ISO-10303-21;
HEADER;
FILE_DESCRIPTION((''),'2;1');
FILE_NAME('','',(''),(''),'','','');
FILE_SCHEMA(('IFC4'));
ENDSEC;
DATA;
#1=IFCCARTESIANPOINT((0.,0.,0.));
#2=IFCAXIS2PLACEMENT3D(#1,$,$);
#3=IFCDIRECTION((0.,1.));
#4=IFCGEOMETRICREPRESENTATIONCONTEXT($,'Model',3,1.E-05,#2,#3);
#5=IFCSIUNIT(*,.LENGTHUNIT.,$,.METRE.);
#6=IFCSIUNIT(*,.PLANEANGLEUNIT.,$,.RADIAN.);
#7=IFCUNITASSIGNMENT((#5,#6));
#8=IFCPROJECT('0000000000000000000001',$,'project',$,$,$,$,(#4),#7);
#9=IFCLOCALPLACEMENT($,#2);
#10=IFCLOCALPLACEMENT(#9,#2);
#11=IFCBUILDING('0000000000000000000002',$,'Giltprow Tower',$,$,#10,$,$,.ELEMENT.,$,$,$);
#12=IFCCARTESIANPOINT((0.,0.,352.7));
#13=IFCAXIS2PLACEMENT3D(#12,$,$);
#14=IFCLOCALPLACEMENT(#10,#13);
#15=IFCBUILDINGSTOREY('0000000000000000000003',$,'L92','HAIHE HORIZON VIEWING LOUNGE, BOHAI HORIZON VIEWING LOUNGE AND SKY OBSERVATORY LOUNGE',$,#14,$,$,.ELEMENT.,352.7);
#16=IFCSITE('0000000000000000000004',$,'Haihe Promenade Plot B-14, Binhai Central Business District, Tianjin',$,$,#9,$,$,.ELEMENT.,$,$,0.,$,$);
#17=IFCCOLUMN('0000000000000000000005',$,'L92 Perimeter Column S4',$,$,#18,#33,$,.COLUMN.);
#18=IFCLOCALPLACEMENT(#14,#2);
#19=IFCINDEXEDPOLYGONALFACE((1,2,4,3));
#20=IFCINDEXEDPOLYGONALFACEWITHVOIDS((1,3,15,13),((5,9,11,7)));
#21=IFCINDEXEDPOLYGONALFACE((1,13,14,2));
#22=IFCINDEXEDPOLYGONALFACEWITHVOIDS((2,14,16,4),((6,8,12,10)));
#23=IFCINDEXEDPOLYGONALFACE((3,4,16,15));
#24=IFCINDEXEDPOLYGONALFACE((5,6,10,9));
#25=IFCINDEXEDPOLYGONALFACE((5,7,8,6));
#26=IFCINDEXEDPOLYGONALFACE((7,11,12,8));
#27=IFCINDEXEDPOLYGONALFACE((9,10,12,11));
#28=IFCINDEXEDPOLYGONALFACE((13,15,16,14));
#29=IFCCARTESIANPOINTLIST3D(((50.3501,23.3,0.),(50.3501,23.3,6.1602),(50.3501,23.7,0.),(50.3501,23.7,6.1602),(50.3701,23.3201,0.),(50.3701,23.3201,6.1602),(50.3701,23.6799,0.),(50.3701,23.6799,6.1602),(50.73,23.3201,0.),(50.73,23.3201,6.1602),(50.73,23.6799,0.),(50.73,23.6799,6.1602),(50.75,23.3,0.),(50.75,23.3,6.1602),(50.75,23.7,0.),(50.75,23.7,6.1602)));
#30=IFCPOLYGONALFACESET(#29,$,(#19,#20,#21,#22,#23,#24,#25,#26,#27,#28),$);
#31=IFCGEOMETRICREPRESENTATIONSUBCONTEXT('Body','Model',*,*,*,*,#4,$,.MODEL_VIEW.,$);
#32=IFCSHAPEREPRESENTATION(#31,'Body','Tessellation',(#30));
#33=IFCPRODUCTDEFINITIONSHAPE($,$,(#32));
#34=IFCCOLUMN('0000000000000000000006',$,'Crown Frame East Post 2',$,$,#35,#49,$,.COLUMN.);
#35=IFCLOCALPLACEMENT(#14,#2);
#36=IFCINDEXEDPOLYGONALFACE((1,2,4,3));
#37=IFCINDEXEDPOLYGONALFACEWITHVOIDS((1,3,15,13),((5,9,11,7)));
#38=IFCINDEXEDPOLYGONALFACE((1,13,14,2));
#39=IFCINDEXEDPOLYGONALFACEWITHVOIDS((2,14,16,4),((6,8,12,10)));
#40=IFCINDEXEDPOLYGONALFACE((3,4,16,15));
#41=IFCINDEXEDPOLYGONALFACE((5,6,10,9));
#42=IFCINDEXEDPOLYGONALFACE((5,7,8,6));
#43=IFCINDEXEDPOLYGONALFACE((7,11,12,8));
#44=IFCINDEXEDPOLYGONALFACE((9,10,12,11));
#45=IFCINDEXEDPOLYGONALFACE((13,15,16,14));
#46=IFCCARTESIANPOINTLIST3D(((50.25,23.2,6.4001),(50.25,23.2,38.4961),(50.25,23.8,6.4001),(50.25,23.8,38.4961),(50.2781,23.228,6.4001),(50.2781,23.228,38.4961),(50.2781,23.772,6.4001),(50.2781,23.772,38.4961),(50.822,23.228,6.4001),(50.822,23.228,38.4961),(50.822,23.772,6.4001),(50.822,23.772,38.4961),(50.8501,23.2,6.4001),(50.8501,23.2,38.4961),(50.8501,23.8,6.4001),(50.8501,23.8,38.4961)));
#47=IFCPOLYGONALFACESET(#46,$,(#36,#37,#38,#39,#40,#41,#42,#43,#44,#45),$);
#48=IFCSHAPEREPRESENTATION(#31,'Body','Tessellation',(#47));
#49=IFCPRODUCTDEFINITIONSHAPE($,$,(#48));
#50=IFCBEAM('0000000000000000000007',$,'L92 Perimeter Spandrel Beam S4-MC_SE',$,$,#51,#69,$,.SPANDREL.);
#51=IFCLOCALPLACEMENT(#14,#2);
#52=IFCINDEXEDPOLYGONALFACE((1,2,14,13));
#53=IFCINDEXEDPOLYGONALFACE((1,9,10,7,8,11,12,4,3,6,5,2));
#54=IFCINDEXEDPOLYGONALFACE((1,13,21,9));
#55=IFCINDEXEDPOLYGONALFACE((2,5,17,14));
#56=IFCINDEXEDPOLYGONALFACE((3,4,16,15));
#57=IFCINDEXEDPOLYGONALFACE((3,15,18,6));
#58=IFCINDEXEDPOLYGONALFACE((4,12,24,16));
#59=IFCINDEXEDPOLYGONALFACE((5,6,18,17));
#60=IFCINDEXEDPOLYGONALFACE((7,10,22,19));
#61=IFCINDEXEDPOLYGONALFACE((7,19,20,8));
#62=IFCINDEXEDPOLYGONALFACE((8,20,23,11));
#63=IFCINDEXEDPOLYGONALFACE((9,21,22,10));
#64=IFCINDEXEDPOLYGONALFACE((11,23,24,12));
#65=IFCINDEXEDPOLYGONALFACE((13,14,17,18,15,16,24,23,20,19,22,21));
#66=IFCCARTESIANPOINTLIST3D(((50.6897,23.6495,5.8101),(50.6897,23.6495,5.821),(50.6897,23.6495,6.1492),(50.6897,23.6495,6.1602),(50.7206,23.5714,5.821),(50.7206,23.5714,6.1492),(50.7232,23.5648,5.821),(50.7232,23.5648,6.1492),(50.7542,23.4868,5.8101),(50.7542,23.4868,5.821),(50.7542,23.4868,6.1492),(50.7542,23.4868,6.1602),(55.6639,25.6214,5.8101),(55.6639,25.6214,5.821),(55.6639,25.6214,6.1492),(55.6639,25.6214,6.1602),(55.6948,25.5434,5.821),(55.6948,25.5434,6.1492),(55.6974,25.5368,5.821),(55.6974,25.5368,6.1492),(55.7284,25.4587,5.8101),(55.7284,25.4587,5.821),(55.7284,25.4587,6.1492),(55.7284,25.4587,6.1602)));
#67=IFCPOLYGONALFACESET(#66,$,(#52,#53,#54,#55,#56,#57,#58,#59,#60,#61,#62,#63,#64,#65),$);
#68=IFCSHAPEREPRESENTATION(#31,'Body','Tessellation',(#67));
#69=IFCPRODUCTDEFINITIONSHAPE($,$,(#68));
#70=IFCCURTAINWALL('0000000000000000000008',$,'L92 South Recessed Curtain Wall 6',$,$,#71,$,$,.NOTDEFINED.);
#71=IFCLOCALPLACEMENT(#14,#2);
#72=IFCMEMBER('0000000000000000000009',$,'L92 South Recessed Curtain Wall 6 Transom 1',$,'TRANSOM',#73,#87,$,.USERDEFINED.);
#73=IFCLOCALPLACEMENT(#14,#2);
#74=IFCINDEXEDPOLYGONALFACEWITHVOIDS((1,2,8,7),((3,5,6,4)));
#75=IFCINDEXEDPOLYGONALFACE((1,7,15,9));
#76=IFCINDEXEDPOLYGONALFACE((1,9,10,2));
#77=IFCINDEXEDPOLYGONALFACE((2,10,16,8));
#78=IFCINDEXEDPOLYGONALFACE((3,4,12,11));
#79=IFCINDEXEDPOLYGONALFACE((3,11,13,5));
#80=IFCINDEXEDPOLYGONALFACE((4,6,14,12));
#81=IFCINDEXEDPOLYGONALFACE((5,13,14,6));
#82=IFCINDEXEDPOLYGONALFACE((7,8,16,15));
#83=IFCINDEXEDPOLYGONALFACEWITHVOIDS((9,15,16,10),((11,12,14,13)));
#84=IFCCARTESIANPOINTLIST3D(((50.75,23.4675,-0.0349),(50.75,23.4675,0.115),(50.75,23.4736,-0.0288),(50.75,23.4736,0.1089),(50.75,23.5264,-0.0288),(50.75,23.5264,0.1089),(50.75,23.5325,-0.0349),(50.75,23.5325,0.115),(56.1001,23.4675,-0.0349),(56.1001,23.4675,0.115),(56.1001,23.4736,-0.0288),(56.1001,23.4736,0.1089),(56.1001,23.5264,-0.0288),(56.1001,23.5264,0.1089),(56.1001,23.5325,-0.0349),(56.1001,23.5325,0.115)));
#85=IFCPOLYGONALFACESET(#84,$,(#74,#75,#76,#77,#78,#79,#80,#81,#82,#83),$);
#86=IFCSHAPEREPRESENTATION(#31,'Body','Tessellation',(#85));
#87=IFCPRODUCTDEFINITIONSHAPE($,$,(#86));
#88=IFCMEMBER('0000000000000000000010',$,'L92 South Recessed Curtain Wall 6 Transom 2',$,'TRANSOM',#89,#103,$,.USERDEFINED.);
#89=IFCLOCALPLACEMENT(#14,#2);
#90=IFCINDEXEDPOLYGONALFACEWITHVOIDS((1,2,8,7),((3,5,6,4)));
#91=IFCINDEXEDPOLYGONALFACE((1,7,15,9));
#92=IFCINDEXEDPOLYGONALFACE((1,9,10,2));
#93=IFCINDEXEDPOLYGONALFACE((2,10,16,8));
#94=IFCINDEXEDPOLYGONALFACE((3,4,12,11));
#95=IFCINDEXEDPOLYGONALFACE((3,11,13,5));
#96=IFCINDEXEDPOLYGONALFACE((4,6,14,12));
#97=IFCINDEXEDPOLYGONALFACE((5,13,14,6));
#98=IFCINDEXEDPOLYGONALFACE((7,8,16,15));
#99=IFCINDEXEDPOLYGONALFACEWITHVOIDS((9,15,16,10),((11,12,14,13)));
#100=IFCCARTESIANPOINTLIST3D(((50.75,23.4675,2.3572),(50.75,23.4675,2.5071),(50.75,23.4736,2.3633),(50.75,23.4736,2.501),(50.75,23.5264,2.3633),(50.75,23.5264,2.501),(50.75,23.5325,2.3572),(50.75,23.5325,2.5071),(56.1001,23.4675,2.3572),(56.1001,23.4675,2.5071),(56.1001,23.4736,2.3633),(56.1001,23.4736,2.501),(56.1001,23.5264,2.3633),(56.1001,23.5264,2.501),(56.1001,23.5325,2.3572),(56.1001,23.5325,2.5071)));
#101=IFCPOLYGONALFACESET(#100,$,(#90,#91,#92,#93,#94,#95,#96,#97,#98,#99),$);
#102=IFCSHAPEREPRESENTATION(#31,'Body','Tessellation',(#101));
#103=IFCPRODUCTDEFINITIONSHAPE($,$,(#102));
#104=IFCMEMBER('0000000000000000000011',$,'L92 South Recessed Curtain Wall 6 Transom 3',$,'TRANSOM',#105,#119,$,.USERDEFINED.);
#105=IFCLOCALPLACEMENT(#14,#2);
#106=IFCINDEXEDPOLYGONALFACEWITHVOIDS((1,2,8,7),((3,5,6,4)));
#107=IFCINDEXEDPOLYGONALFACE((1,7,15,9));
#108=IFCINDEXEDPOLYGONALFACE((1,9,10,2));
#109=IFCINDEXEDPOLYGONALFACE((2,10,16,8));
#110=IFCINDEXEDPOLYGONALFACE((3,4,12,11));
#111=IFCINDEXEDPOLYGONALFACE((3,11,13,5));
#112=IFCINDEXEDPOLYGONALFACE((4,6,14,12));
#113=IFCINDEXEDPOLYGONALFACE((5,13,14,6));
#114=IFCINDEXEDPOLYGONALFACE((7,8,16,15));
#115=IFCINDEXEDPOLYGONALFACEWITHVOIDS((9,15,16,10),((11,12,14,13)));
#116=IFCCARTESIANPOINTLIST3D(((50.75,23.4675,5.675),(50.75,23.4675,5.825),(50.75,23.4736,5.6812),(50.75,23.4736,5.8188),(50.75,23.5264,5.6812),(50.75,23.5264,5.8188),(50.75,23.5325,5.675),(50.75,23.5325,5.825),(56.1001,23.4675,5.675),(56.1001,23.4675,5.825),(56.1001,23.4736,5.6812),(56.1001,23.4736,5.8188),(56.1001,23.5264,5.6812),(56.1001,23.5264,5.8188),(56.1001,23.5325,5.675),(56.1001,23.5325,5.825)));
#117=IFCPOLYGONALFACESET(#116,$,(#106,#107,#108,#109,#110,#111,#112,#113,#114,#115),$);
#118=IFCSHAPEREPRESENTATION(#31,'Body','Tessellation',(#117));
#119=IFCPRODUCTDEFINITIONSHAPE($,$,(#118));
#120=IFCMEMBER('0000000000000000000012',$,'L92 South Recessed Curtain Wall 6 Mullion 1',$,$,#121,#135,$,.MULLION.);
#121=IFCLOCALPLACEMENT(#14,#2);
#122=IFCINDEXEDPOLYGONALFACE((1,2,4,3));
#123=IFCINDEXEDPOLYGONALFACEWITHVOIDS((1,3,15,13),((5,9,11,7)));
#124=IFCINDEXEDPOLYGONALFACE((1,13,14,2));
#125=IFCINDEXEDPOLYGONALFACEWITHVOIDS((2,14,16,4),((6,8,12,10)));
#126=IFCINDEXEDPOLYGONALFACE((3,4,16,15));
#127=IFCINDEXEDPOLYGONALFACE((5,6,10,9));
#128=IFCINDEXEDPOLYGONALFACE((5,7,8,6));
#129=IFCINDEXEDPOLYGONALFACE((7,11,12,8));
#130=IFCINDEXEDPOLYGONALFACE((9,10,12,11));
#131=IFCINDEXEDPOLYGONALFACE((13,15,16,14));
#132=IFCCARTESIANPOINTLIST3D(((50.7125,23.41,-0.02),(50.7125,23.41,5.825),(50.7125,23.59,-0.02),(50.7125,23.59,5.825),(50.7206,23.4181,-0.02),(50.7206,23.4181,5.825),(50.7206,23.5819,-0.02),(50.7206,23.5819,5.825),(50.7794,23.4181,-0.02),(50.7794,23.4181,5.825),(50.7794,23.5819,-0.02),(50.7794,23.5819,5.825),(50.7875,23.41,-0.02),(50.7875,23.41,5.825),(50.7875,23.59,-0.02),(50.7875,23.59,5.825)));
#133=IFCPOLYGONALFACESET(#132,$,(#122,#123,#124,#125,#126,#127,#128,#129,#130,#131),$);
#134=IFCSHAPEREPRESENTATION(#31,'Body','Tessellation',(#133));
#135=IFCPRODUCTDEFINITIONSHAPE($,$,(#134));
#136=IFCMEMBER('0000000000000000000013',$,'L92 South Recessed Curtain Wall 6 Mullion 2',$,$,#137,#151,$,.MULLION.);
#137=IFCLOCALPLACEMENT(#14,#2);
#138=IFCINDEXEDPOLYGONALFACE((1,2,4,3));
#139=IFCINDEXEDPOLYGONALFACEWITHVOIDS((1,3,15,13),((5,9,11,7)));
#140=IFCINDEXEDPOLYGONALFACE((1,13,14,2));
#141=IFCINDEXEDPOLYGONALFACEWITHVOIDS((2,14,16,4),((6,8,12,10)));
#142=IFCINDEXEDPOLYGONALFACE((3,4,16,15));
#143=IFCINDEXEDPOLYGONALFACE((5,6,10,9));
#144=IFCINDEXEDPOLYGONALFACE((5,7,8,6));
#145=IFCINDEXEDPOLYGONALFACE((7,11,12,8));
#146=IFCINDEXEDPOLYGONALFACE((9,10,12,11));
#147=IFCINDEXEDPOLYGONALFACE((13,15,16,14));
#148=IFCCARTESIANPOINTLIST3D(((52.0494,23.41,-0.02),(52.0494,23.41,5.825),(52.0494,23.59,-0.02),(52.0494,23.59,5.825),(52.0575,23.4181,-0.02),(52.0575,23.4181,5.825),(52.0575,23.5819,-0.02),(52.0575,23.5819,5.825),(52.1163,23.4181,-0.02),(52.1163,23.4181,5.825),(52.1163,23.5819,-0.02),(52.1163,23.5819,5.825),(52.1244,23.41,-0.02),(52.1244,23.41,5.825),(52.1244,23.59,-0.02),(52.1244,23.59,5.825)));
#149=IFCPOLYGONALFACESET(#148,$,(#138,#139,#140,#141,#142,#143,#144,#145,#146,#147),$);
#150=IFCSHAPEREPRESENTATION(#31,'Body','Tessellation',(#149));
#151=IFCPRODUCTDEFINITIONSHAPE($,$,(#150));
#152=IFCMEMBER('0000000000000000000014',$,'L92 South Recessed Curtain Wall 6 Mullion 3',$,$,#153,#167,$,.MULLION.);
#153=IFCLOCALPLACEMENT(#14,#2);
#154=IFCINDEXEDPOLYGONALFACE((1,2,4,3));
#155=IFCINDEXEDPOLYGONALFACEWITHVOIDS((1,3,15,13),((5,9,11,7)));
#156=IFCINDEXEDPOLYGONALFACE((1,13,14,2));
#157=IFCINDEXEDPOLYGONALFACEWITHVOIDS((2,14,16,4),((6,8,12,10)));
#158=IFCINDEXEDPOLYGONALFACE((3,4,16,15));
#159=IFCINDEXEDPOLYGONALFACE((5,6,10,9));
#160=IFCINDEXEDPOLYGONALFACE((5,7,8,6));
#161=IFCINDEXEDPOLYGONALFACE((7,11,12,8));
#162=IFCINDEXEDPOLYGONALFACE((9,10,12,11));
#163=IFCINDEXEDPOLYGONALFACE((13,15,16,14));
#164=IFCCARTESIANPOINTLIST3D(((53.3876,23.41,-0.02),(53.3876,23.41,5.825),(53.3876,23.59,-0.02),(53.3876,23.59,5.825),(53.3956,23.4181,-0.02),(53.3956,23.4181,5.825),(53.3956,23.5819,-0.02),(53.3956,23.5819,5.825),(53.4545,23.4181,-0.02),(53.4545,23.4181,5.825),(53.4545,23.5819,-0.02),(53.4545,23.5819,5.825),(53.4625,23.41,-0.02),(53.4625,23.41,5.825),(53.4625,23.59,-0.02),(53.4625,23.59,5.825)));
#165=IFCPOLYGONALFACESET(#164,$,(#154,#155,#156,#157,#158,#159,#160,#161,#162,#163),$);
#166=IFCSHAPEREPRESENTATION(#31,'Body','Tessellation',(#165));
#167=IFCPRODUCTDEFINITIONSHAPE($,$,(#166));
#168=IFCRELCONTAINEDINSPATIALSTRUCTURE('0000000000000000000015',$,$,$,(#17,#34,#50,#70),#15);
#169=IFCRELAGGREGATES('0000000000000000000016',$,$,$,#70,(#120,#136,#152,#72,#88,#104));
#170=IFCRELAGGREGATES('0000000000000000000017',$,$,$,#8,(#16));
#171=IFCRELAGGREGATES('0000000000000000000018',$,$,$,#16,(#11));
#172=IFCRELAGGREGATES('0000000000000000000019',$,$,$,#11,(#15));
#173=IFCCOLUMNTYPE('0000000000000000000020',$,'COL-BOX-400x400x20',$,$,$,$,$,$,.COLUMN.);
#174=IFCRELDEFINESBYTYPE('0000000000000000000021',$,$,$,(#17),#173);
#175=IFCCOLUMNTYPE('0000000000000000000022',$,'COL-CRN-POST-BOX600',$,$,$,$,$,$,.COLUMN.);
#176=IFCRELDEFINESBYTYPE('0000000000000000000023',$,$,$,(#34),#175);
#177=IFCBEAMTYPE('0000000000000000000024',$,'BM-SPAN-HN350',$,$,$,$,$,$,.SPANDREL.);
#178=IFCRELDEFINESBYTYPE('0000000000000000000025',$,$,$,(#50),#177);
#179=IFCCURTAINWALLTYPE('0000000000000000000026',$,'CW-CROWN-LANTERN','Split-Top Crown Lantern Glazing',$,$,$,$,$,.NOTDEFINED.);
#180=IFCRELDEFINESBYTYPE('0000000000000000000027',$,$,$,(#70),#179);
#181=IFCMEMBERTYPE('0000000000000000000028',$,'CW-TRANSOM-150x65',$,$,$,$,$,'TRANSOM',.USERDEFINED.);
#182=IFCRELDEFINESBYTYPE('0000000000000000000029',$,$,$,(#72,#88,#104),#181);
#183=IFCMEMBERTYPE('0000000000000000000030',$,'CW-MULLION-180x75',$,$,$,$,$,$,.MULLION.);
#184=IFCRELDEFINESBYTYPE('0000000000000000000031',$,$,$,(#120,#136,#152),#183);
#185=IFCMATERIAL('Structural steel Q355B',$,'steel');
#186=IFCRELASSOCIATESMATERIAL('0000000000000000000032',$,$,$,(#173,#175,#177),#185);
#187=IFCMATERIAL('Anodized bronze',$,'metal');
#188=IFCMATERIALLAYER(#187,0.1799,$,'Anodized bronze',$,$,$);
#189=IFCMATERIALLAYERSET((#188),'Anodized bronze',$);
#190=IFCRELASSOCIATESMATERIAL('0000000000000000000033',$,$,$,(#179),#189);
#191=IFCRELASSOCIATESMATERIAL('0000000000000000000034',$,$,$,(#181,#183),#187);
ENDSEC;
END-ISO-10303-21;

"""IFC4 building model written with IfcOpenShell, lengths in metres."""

from ifc_helpers import new_model, si_unit, direction, frame, origin, origin_2d, place, context, subcontext, project, spatial, hollow_rectangle, i_section, extrude, source, transform, mapped, material, layer, layer_set, material_profile, profile_set, type_object, element, aggregate, save


model = new_model("IFC4")

# Units and contexts
model_context = context("Model", 3, precision=1e-05, world=origin(), true_north=direction((0.0, 1.0)))
body_context = subcontext(model_context, "Body", "Model", "MODEL_VIEW")
ifc_project = project(units=[si_unit("LENGTHUNIT", "METRE"), si_unit("PLANEANGLEUNIT", "RADIAN")], contexts=[model_context])

# Site, building, storey
site_placement = place(None, origin())
site = spatial("IfcSite", under=ifc_project, at=site_placement, Name="Haihe Promenade Plot B-14, Binhai Central Business District, Tianjin", CompositionType="ELEMENT", RefElevation=0.0)
building_placement = place(site_placement, origin())
building = spatial("IfcBuilding", under=site, at=building_placement, Name="Giltprow Tower", CompositionType="ELEMENT")
storey_placement = place(building_placement, frame((0.0, 0.0, 352.7)))
storey = spatial("IfcBuildingStorey", under=building, at=storey_placement, Name="L92", Description="HAIHE HORIZON VIEWING LOUNGE, BOHAI HORIZON VIEWING LOUNGE AND SKY OBSERVATORY LOUNGE", CompositionType="ELEMENT", Elevation=352.7)

# Columns
ifc_material_1 = material(Name="Structural steel Q355B", Category="steel")
ifc_material_profile_1 = material_profile(ifc_material_1, hollow_rectangle(XDim=0.3999, YDim=0.3999, WallThickness=0.02, at=origin_2d()), Name="BOX 400x400x20")
ifc_profile_set_1 = profile_set([ifc_material_profile_1], Name="Structural steel Q355B")
column_type_1 = type_object("IfcColumnType", Name="COL-BOX-400x400x20", PredefinedType="COLUMN", material=ifc_profile_set_1)
shared_shape_1 = source(origin(), body_context, "Body", "SweptSolid", [
    extrude(hollow_rectangle(XDim=0.3999, YDim=0.3999, WallThickness=0.02, at=origin_2d()), origin(), (0.0, 0.0, 1.0), 6.1602),
])
column_1_placement = place(storey_placement, frame((50.55, 23.5, 0.0), z_axis=(0.0, 0.0, 1.0), x_axis=(1.0, 0.0, 0.0)))
element("IfcColumn", 1, at=column_1_placement, inside=storey, type_object=column_type_1, Name="L92 Perimeter Column S4", PredefinedType="COLUMN", context=body_context, shape_type="MappedRepresentation", body=[
    mapped(shared_shape_1, transform((0.0, 0.0, 0.0), x_axis=(1.0, 0.0, 0.0), y_axis=(0.0, 1.0, 0.0), z_axis=(0.0, 0.0, 1.0), scale=1.0)),
])
ifc_material_profile_2 = material_profile(ifc_material_1, hollow_rectangle(XDim=0.6001, YDim=0.6001, WallThickness=0.0281, at=origin_2d()), Name="BOX 600x600x28")
ifc_profile_set_2 = profile_set([ifc_material_profile_2], Name="Structural steel Q355B")
column_type_2 = type_object("IfcColumnType", Name="COL-CRN-POST-BOX600", PredefinedType="COLUMN", material=ifc_profile_set_2)
shared_shape_2 = source(origin(), body_context, "Body", "SweptSolid", [
    extrude(hollow_rectangle(XDim=0.6001, YDim=0.6001, WallThickness=0.0281, at=origin_2d()), origin(), (0.0, 0.0, 1.0), 32.0959),
])
column_2_placement = place(storey_placement, frame((50.55, 23.5, 6.4001), z_axis=(0.0, 0.0, 1.0), x_axis=(1.0, 0.0, 0.0)))
element("IfcColumn", 2, at=column_2_placement, inside=storey, type_object=column_type_2, Name="Crown Frame East Post 2", PredefinedType="COLUMN", context=body_context, shape_type="MappedRepresentation", body=[
    mapped(shared_shape_2, transform((0.0, 0.0, 0.0), x_axis=(1.0, 0.0, 0.0), y_axis=(0.0, 1.0, 0.0), z_axis=(0.0, 0.0, 1.0), scale=1.0)),
])

# Beam
ifc_material_profile_3 = material_profile(ifc_material_1, i_section(OverallWidth=0.175, OverallDepth=0.3501, WebThickness=0.0071, FlangeThickness=0.011, at=origin_2d()), Name="HN 350x175x7x11")
ifc_profile_set_3 = profile_set([ifc_material_profile_3], Name="Structural steel Q355B")
beam_type = type_object("IfcBeamType", Name="BM-SPAN-HN350", PredefinedType="SPANDREL", material=ifc_profile_set_3)
shared_shape_3 = source(origin(), body_context, "Body", "SweptSolid", [
    extrude(i_section(OverallWidth=0.175, OverallDepth=0.3501, WebThickness=0.0071, FlangeThickness=0.011, at=origin_2d()), origin(), (0.0, 0.0, 1.0), 5.3508),
])
beam_placement = place(storey_placement, frame((50.7219, 23.5681, 5.9851), z_axis=(0.929615, 0.368533, 0.0), x_axis=(-0.368533, 0.929615, 0.0)))
element("IfcBeam", 3, at=beam_placement, inside=storey, type_object=beam_type, Name="L92 Perimeter Spandrel Beam S4-MC_SE", PredefinedType="SPANDREL", context=body_context, shape_type="MappedRepresentation", body=[
    mapped(shared_shape_3, transform((0.0, 0.0, 0.0), x_axis=(1.0, 0.0, 0.0), y_axis=(0.0, 1.0, 0.0), z_axis=(0.0, 0.0, 1.0), scale=1.0)),
])

# Curtain wall, members
ifc_material_2 = material(Name="Anodized bronze", Category="metal")
ifc_layer_1 = layer(ifc_material_2, 0.1799, Name="Anodized bronze")
ifc_layer_set_1 = layer_set([ifc_layer_1], Name="Anodized bronze")
curtain_wall_type = type_object("IfcCurtainWallType", Name="CW-CROWN-LANTERN", Description="Split-Top Crown Lantern Glazing", PredefinedType="NOTDEFINED", material=ifc_layer_set_1)
curtain_wall_1_placement = place(storey_placement, origin())
curtain_wall_1 = element("IfcCurtainWall", 4, at=curtain_wall_1_placement, inside=storey, type_object=curtain_wall_type, Name="L92 South Recessed Curtain Wall 6", PredefinedType="NOTDEFINED")
ifc_material_profile_4 = material_profile(ifc_material_2, hollow_rectangle(XDim=0.0649, YDim=0.1499, WallThickness=0.0061, at=origin_2d()), Name="RHS 150x65x6")
ifc_profile_set_4 = profile_set([ifc_material_profile_4], Name="Anodized bronze")
member_type_1 = type_object("IfcMemberType", Name="CW-TRANSOM-150x65", ElementType="TRANSOM", PredefinedType="USERDEFINED", material=ifc_profile_set_4)
shared_shape_4 = source(origin(), body_context, "Body", "SweptSolid", [
    extrude(hollow_rectangle(XDim=0.0649, YDim=0.1499, WallThickness=0.0061, at=origin_2d()), origin(), (0.0, 0.0, 1.0), 5.3501),
])
member_1_placement = place(storey_placement, frame((50.75, 23.5, 0.04), z_axis=(1.0, 0.0, 0.0), x_axis=(0.0, 1.0, 0.0)))
member_1 = element("IfcMember", 5, at=member_1_placement, type_object=member_type_1, Name="L92 South Recessed Curtain Wall 6 Transom 1", ObjectType="TRANSOM", PredefinedType="USERDEFINED", context=body_context, shape_type="MappedRepresentation", body=[
    mapped(shared_shape_4, transform((0.0, 0.0, 0.0), x_axis=(1.0, 0.0, 0.0), y_axis=(0.0, 1.0, 0.0), z_axis=(0.0, 0.0, 1.0), scale=1.0)),
])
member_2_placement = place(storey_placement, frame((50.75, 23.5, 2.4321), z_axis=(1.0, 0.0, 0.0), x_axis=(0.0, 1.0, 0.0)))
member_2 = element("IfcMember", 6, at=member_2_placement, type_object=member_type_1, Name="L92 South Recessed Curtain Wall 6 Transom 2", ObjectType="TRANSOM", PredefinedType="USERDEFINED", context=body_context, shape_type="MappedRepresentation", body=[
    mapped(shared_shape_4, transform((0.0, 0.0, 0.0), x_axis=(1.0, 0.0, 0.0), y_axis=(0.0, 1.0, 0.0), z_axis=(0.0, 0.0, 1.0), scale=1.0)),
])
member_3_placement = place(storey_placement, frame((50.75, 23.5, 5.75), z_axis=(1.0, 0.0, 0.0), x_axis=(0.0, 1.0, 0.0)))
member_3 = element("IfcMember", 7, at=member_3_placement, type_object=member_type_1, Name="L92 South Recessed Curtain Wall 6 Transom 3", ObjectType="TRANSOM", PredefinedType="USERDEFINED", context=body_context, shape_type="MappedRepresentation", body=[
    mapped(shared_shape_4, transform((0.0, 0.0, 0.0), x_axis=(1.0, 0.0, 0.0), y_axis=(0.0, 1.0, 0.0), z_axis=(0.0, 0.0, 1.0), scale=1.0)),
])
ifc_material_profile_5 = material_profile(ifc_material_2, hollow_rectangle(XDim=0.075, YDim=0.1799, WallThickness=0.0081, at=origin_2d()), Name="RHS 180x75x8")
ifc_profile_set_5 = profile_set([ifc_material_profile_5], Name="Anodized bronze")
member_type_2 = type_object("IfcMemberType", Name="CW-MULLION-180x75", PredefinedType="MULLION", material=ifc_profile_set_5)
shared_shape_5 = source(origin(), body_context, "Body", "SweptSolid", [
    extrude(hollow_rectangle(XDim=0.075, YDim=0.1799, WallThickness=0.0081, at=origin_2d()), origin(), (0.0, 0.0, 1.0), 5.845),
])
member_4_placement = place(storey_placement, frame((50.75, 23.5, -0.02), z_axis=(0.0, 0.0, 1.0), x_axis=(1.0, 0.0, 0.0)))
member_4 = element("IfcMember", 8, at=member_4_placement, type_object=member_type_2, Name="L92 South Recessed Curtain Wall 6 Mullion 1", PredefinedType="MULLION", context=body_context, shape_type="MappedRepresentation", body=[
    mapped(shared_shape_5, transform((0.0, 0.0, 0.0), x_axis=(1.0, 0.0, 0.0), y_axis=(0.0, 1.0, 0.0), z_axis=(0.0, 0.0, 1.0), scale=1.0)),
])
member_5_placement = place(storey_placement, frame((52.0869, 23.5, -0.02), z_axis=(0.0, 0.0, 1.0), x_axis=(1.0, 0.0, 0.0)))
member_5 = element("IfcMember", 9, at=member_5_placement, type_object=member_type_2, Name="L92 South Recessed Curtain Wall 6 Mullion 2", PredefinedType="MULLION", context=body_context, shape_type="MappedRepresentation", body=[
    mapped(shared_shape_5, transform((0.0, 0.0, 0.0), x_axis=(1.0, 0.0, 0.0), y_axis=(0.0, 1.0, 0.0), z_axis=(0.0, 0.0, 1.0), scale=1.0)),
])
member_6_placement = place(storey_placement, frame((53.425, 23.5, -0.02), z_axis=(0.0, 0.0, 1.0), x_axis=(1.0, 0.0, 0.0)))
member_6 = element("IfcMember", 10, at=member_6_placement, type_object=member_type_2, Name="L92 South Recessed Curtain Wall 6 Mullion 3", PredefinedType="MULLION", context=body_context, shape_type="MappedRepresentation", body=[
    mapped(shared_shape_5, transform((0.0, 0.0, 0.0), x_axis=(1.0, 0.0, 0.0), y_axis=(0.0, 1.0, 0.0), z_axis=(0.0, 0.0, 1.0), scale=1.0)),
])

aggregate(curtain_wall_1, [member_4, member_5, member_6, member_1, member_2, member_3])

save(model, "model.ifc")
